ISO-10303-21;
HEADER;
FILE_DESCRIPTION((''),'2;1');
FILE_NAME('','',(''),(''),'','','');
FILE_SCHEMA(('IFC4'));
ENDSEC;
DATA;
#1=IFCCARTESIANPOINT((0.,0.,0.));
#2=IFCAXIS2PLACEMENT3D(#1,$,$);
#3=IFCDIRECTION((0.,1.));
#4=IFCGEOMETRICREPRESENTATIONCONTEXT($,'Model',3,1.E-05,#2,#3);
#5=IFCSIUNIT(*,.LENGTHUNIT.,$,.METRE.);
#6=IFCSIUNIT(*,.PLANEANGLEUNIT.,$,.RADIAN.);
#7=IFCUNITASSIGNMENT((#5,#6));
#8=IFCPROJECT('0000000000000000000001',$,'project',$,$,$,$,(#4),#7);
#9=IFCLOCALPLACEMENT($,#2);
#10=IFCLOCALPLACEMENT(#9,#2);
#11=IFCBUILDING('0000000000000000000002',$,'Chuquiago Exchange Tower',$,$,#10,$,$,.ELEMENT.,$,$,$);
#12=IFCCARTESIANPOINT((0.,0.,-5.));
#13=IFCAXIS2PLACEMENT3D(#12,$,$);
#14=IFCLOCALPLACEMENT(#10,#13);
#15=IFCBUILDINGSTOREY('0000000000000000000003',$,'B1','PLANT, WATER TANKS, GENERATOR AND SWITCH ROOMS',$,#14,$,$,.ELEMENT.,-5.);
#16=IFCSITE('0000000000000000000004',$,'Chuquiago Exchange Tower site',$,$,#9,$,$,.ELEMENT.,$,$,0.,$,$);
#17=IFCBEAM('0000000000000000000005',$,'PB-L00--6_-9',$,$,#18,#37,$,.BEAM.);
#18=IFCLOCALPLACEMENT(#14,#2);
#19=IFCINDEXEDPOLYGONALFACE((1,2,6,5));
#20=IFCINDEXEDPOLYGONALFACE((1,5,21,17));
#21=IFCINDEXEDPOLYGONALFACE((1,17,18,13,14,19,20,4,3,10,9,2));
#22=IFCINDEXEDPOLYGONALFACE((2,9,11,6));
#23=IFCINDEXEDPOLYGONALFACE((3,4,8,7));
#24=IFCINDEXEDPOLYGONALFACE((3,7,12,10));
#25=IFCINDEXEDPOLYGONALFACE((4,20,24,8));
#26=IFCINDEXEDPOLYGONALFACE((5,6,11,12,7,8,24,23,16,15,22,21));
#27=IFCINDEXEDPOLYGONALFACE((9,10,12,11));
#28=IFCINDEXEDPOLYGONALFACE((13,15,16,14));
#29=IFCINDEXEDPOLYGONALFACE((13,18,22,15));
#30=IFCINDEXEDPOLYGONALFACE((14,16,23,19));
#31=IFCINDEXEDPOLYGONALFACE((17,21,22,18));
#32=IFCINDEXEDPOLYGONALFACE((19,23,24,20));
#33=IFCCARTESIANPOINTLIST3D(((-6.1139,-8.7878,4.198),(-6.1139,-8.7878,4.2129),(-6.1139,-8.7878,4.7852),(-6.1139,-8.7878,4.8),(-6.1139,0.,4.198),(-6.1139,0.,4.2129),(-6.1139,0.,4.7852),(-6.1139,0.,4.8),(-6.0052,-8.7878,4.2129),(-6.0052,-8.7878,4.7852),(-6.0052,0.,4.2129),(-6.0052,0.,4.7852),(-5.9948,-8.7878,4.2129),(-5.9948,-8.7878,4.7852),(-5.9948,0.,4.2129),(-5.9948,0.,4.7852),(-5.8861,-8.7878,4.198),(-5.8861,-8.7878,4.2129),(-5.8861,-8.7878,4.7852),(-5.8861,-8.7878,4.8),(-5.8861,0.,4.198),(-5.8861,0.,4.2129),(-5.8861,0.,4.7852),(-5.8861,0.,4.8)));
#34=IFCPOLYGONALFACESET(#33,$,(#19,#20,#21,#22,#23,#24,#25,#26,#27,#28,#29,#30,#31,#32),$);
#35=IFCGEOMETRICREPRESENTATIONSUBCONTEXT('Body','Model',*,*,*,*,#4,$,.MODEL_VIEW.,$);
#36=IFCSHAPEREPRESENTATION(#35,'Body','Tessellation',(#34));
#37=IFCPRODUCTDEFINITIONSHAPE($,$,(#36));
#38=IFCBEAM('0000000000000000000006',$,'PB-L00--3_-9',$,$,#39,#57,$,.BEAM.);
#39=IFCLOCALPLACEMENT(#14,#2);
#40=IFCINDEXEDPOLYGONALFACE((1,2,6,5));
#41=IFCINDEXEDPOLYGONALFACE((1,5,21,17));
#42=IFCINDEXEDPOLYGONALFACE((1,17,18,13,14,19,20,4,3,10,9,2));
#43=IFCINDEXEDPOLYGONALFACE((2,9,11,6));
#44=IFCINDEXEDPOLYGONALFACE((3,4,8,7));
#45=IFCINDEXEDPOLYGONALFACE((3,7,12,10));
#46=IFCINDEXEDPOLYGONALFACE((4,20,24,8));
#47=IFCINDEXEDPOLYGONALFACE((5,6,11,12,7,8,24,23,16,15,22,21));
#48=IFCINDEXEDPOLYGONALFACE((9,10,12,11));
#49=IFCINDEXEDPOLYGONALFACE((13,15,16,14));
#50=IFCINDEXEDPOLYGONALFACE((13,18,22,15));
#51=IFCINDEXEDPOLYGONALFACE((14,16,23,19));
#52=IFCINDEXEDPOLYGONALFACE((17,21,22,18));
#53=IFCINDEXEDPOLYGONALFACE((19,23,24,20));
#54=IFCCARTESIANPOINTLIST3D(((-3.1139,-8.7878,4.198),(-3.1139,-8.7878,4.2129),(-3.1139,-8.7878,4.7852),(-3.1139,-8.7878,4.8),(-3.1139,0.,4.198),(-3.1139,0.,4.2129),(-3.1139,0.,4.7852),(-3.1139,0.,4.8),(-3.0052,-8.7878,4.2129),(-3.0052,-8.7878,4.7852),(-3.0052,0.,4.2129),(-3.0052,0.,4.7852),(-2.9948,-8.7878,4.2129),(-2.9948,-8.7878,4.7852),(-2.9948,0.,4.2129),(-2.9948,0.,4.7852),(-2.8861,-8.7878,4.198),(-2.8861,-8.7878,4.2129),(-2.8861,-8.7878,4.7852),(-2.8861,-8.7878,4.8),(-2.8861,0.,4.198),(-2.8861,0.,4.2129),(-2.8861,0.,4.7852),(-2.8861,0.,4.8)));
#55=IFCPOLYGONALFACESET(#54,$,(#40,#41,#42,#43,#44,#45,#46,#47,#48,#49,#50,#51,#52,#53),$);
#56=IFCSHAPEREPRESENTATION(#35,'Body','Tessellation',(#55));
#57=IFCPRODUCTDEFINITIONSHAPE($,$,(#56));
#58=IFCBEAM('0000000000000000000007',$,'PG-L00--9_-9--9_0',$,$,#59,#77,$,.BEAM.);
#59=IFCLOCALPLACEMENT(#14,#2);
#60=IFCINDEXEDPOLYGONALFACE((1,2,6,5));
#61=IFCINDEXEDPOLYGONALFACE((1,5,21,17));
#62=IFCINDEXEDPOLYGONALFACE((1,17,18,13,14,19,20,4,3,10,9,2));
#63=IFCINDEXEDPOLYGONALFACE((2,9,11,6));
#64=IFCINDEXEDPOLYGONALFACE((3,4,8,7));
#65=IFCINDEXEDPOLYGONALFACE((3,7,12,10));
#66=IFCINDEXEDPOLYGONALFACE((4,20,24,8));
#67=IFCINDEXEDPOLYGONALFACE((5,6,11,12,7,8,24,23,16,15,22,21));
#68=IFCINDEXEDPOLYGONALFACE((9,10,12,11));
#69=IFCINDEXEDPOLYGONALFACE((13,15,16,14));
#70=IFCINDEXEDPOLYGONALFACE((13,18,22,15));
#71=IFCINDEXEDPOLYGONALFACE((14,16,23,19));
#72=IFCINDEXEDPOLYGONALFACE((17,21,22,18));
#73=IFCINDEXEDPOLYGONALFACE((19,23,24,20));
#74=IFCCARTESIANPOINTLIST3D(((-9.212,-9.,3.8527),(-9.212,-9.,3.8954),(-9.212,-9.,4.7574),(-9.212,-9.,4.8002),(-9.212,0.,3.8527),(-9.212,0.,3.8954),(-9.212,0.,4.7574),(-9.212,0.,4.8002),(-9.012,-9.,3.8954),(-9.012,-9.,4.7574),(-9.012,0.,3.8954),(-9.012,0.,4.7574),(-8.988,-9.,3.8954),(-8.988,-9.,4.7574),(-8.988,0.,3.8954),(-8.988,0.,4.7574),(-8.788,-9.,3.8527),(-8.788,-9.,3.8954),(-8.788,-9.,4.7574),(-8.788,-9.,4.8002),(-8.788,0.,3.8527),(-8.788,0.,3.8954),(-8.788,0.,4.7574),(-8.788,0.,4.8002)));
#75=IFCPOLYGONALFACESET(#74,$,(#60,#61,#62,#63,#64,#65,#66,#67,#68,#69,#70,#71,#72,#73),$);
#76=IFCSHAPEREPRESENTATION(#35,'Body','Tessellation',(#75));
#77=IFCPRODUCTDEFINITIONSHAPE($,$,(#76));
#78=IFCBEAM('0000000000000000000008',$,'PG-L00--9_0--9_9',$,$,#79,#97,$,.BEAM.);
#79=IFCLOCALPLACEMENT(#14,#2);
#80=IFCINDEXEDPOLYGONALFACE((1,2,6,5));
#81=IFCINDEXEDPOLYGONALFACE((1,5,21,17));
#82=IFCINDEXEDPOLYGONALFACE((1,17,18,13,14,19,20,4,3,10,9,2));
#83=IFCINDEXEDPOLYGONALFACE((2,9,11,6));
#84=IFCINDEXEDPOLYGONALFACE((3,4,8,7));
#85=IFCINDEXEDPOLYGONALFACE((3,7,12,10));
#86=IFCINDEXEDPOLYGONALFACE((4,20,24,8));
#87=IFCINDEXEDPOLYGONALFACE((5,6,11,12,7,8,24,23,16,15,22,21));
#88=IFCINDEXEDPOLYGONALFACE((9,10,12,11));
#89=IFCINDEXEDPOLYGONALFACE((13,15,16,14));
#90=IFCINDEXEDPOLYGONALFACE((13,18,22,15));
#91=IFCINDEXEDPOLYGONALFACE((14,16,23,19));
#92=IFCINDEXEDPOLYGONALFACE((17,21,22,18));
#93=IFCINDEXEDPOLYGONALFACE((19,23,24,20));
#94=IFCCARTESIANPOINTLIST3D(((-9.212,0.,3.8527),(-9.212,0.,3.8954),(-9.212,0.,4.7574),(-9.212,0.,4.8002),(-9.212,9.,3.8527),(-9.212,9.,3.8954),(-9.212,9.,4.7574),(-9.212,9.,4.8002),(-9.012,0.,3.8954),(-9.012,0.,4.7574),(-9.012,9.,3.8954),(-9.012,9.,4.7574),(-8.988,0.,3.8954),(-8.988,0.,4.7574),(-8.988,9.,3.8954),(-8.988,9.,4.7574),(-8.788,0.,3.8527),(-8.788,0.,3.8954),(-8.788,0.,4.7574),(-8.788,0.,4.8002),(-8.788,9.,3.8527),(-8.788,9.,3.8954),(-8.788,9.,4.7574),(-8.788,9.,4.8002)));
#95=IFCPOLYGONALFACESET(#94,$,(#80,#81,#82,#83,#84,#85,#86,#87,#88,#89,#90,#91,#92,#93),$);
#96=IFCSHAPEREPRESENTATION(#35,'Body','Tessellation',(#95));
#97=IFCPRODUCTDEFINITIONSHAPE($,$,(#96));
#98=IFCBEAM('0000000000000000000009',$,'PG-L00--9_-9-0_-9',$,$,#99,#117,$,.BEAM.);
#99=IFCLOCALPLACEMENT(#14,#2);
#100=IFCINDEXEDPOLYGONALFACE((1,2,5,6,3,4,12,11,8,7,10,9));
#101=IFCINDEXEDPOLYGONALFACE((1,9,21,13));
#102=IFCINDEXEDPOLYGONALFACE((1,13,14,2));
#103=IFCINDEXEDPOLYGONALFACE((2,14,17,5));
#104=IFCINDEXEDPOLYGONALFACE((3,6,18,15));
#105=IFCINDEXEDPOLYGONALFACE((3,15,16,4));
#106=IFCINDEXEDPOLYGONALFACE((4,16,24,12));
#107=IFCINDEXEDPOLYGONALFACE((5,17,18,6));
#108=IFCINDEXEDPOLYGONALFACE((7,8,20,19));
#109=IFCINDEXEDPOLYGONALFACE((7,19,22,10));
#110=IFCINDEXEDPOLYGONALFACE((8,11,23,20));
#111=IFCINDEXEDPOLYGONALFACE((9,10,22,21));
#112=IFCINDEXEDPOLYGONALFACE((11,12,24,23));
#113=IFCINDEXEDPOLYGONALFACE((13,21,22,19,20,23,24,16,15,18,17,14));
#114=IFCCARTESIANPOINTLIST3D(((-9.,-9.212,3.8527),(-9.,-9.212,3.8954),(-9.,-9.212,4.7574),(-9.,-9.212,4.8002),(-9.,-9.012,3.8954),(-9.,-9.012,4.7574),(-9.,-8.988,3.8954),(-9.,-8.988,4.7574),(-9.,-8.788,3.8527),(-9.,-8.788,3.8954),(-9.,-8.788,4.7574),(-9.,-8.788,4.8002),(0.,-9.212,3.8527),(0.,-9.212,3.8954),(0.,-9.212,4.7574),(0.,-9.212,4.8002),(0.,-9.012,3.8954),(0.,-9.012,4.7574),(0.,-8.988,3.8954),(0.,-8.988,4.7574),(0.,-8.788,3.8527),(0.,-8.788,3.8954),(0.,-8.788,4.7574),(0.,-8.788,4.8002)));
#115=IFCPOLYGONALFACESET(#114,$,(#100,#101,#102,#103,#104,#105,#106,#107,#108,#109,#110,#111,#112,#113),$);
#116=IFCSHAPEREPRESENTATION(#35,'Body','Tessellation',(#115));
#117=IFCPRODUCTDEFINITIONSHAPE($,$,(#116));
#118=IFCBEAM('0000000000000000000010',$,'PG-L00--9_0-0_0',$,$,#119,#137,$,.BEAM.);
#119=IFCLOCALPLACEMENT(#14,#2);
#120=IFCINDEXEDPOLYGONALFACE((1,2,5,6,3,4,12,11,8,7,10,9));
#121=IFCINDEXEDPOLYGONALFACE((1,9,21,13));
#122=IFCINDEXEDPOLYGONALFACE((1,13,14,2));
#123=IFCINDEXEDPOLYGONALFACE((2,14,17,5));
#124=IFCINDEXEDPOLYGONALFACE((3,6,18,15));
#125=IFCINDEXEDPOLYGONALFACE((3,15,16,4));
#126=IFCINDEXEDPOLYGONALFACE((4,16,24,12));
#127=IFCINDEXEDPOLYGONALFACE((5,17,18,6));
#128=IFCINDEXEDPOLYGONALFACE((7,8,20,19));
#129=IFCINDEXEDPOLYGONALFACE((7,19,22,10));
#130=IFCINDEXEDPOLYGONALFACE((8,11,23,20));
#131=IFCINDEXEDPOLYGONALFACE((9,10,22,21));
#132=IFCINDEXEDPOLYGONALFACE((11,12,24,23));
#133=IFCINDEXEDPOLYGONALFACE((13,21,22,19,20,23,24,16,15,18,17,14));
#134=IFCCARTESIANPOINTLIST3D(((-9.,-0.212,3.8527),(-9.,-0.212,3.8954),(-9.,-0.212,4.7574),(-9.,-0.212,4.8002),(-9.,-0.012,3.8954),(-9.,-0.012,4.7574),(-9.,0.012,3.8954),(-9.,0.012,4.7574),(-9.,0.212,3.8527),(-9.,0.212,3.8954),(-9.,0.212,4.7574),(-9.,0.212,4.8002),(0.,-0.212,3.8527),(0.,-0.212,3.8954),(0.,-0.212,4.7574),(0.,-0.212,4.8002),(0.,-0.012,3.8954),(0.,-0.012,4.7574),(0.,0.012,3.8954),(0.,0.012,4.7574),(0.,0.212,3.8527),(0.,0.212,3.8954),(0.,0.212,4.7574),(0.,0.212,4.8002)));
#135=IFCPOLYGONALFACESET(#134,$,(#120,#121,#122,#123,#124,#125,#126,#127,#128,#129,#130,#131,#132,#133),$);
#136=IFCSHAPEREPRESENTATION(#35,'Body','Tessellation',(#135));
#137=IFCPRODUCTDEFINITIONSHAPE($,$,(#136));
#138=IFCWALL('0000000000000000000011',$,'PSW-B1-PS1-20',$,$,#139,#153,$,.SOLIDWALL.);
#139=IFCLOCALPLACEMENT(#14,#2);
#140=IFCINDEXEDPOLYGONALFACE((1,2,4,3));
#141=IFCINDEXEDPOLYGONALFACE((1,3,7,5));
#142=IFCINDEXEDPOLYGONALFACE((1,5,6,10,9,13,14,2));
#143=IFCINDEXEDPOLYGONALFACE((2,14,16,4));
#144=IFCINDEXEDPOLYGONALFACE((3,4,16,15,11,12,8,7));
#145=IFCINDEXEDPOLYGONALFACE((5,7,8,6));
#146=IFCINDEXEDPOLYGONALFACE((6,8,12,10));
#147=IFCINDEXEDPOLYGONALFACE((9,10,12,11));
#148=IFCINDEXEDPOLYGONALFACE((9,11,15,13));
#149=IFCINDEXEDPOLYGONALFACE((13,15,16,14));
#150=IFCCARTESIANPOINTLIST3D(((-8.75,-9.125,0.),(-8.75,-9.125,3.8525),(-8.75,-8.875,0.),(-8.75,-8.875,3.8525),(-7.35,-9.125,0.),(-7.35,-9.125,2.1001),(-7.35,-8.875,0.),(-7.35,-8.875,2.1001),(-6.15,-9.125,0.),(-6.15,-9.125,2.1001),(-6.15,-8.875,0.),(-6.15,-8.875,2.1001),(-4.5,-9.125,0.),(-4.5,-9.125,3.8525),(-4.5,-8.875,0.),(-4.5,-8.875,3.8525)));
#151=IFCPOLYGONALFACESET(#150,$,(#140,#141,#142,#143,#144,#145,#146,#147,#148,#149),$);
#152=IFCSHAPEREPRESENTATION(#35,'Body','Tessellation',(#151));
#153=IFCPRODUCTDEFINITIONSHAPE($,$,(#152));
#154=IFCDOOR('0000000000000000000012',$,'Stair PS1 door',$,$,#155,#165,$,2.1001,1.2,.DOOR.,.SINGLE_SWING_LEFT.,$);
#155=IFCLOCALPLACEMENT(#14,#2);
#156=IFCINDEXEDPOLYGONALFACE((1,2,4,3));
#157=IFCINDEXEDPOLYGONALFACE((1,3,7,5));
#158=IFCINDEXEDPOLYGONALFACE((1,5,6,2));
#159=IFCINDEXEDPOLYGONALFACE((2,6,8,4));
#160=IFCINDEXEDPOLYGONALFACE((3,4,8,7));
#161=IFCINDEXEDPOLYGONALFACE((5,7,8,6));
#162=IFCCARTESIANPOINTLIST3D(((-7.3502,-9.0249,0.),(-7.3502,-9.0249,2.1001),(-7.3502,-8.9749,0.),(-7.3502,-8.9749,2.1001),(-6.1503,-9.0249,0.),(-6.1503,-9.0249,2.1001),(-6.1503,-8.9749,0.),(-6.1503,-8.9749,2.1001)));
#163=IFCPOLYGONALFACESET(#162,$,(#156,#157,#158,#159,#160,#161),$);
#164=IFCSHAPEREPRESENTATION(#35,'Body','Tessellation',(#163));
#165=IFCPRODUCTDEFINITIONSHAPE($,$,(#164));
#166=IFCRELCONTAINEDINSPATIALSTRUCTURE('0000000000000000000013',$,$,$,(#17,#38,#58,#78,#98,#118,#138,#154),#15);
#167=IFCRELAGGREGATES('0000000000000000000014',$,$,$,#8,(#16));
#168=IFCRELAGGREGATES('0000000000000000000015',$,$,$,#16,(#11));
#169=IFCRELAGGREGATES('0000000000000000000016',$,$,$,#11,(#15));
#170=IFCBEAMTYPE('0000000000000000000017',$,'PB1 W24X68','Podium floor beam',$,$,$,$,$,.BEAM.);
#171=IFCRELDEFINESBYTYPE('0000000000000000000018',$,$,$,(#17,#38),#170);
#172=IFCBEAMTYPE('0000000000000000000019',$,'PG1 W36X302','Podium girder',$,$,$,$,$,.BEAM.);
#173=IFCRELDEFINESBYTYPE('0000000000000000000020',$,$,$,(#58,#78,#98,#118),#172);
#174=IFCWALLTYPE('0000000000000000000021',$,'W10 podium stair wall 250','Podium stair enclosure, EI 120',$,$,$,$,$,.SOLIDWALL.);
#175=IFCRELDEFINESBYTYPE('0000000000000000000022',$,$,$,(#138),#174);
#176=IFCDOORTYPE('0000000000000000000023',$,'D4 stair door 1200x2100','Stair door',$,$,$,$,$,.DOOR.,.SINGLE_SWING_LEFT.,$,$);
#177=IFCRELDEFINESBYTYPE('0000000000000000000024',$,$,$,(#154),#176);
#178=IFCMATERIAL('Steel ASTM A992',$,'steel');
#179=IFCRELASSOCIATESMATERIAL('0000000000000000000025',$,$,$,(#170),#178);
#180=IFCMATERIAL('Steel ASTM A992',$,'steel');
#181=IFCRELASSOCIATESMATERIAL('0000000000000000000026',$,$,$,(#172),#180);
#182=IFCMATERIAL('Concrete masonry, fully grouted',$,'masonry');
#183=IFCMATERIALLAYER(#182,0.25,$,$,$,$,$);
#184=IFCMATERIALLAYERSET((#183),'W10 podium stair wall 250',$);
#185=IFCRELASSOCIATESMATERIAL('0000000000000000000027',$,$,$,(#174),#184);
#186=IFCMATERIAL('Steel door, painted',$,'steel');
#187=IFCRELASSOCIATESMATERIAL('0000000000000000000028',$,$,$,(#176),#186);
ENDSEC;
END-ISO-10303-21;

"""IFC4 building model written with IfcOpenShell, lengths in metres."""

from ifc_helpers import new_model, si_unit, direction, frame, frame_2d, origin, origin_2d, place, context, subcontext, project, spatial, rectangle, i_section, extrude, material, layer, layer_set, material_profile, profile_set, type_object, element, fill, save


model = new_model("IFC4")

# Units and contexts
model_context = context("Model", 3, precision=1e-05, world=origin(), true_north=direction((0.0, 1.0)))
body_context = subcontext(model_context, "Body", "Model", "MODEL_VIEW")
ifc_project = project(units=[si_unit("LENGTHUNIT", "METRE"), si_unit("PLANEANGLEUNIT", "RADIAN")], contexts=[model_context])

# Site, building, storey
site_placement = place(None, origin())
site = spatial("IfcSite", under=ifc_project, at=site_placement, Name="Chuquiago Exchange Tower site", CompositionType="ELEMENT", RefElevation=0.0)
building_placement = place(site_placement, origin())
building = spatial("IfcBuilding", under=site, at=building_placement, Name="Chuquiago Exchange Tower", CompositionType="ELEMENT")
storey_placement = place(building_placement, frame((0.0, 0.0, -5.0)))
storey = spatial("IfcBuildingStorey", under=building, at=storey_placement, Name="B1", Description="PLANT, WATER TANKS, GENERATOR AND SWITCH ROOMS", CompositionType="ELEMENT", Elevation=-5.0)

# Beams
ifc_material_1 = material(Name="Steel ASTM A992", Category="steel")
ifc_material_profile_1 = material_profile(ifc_material_1, i_section(OverallWidth=0.2278, OverallDepth=0.6021, WebThickness=0.0105, FlangeThickness=0.0149, at=origin_2d()), Name="W24X68")
ifc_profile_set_1 = profile_set([ifc_material_profile_1], Name="Steel ASTM A992")
beam_type_1 = type_object("IfcBeamType", Name="PB1 W24X68", Description="Podium floor beam", PredefinedType="BEAM", material=ifc_profile_set_1)
for number, where, z_axis, x_axis, name in (
    (1, (-6.0, -8.7878, 4.499), (0.0, 1.0, 0.0), (-1.0, 0.0, 0.0), "PB-L00--6_-9"),
    (2, (-3.0, -8.7878, 4.499), (0.0, 1.0, 0.0), (-1.0, 0.0, 0.0), "PB-L00--3_-9"),
):
    element("IfcBeam", number, at=place(storey_placement, frame(where, z_axis=z_axis, x_axis=x_axis)), inside=storey, type_object=beam_type_1, Name=name, PredefinedType="BEAM", context=body_context, shape_type="SweptSolid", body=[
        extrude(i_section(OverallWidth=0.2278, OverallDepth=0.6021, WebThickness=0.0105, FlangeThickness=0.0149, at=origin_2d()), origin(), (0.0, 0.0, 1.0), 8.7878),
    ])
ifc_material_2 = material(Name="Steel ASTM A992", Category="steel")
ifc_material_profile_2 = material_profile(ifc_material_2, i_section(OverallWidth=0.4241, OverallDepth=0.9475, WebThickness=0.0239, FlangeThickness=0.0427, at=origin_2d()), Name="W36X302")
ifc_profile_set_2 = profile_set([ifc_material_profile_2], Name="Steel ASTM A992")
beam_type_2 = type_object("IfcBeamType", Name="PG1 W36X302", Description="Podium girder", PredefinedType="BEAM", material=ifc_profile_set_2)
for number, where, z_axis, x_axis, name in (
    (3, (-9.0, -9.0, 4.3264), (0.0, 1.0, 0.0), (-1.0, 0.0, 0.0), "PG-L00--9_-9--9_0"),
    (4, (-9.0, 0.0, 4.3264), (0.0, 1.0, 0.0), (-1.0, 0.0, 0.0), "PG-L00--9_0--9_9"),
    (5, (-9.0, -9.0, 4.3264), (1.0, 0.0, 0.0), (0.0, 1.0, 0.0), "PG-L00--9_-9-0_-9"),
    (6, (-9.0, 0.0, 4.3264), (1.0, 0.0, 0.0), (0.0, 1.0, 0.0), "PG-L00--9_0-0_0"),
):
    element("IfcBeam", number, at=place(storey_placement, frame(where, z_axis=z_axis, x_axis=x_axis)), inside=storey, type_object=beam_type_2, Name=name, PredefinedType="BEAM", context=body_context, shape_type="SweptSolid", body=[
        extrude(i_section(OverallWidth=0.4241, OverallDepth=0.9475, WebThickness=0.0239, FlangeThickness=0.0427, at=origin_2d()), origin(), (0.0, 0.0, 1.0), 9.0),
    ])

# Wall, opening, door
ifc_material_3 = material(Name="Concrete masonry, fully grouted", Category="masonry")
ifc_layer_1 = layer(ifc_material_3, 0.25)
ifc_layer_set_1 = layer_set([ifc_layer_1], Name="W10 podium stair wall 250")
wall_type_1 = type_object("IfcWallType", Name="W10 podium stair wall 250", Description="Podium stair enclosure, EI 120", PredefinedType="SOLIDWALL", material=ifc_layer_set_1)
wall_1_placement = place(storey_placement, frame((-8.75, -9.0, 0.0), z_axis=(0.0, 0.0, 1.0), x_axis=(1.0, 0.0, 0.0)))
wall_1 = element("IfcWall", 7, at=wall_1_placement, inside=storey, type_object=wall_type_1, Name="PSW-B1-PS1-20", PredefinedType="SOLIDWALL", context=body_context, shape_type="SweptSolid", body=[
    extrude(rectangle(XDim=4.25, YDim=0.25, at=frame_2d((2.125, 0.0))), origin(), (0.0, 0.0, 1.0), 3.8525),
])
opening_1_placement = place(wall_1_placement, frame((1.3999, 0.0, 0.0)))
opening_1 = element("IfcOpeningElement", 8, at=opening_1_placement, cuts=wall_1, PredefinedType="OPENING", context=body_context, shape_type="SweptSolid", body=[
    extrude(rectangle(XDim=1.2, YDim=2.1001, at=frame_2d((0.6001, 1.05))), frame((0.0, 0.135, 0.0), z_axis=(0.0, -1.0, 0.0), x_axis=(1.0, 0.0, 0.0)), (0.0, 0.0, 1.0), 0.27),
])
ifc_material_4 = material(Name="Steel door, painted", Category="steel")
door_type_1 = type_object("IfcDoorType", Name="D4 stair door 1200x2100", Description="Stair door", OperationType="SINGLE_SWING_LEFT", PredefinedType="DOOR", material=ifc_material_4)
door_1_placement = place(opening_1_placement, frame((1.2, 0.0, 0.0), z_axis=(0.0, 0.0, 1.0), x_axis=(-1.0, 0.0, 0.0)))
door_1 = element("IfcDoor", 9, at=door_1_placement, inside=storey, type_object=door_type_1, Name="Stair PS1 door", OperationType="SINGLE_SWING_LEFT", OverallHeight=2.1001, OverallWidth=1.2, PredefinedType="DOOR", context=body_context, shape_type="SweptSolid", body=[
    extrude(rectangle(XDim=1.2, YDim=2.1001, at=frame_2d((0.6001, 1.05))), frame((0.0, 0.0249, 0.0), z_axis=(0.0, -1.0, 0.0), x_axis=(1.0, 0.0, 0.0)), (0.0, 0.0, 1.0), 0.05),
])
fill(opening_1, door_1)

save(model, "model.ifc")
